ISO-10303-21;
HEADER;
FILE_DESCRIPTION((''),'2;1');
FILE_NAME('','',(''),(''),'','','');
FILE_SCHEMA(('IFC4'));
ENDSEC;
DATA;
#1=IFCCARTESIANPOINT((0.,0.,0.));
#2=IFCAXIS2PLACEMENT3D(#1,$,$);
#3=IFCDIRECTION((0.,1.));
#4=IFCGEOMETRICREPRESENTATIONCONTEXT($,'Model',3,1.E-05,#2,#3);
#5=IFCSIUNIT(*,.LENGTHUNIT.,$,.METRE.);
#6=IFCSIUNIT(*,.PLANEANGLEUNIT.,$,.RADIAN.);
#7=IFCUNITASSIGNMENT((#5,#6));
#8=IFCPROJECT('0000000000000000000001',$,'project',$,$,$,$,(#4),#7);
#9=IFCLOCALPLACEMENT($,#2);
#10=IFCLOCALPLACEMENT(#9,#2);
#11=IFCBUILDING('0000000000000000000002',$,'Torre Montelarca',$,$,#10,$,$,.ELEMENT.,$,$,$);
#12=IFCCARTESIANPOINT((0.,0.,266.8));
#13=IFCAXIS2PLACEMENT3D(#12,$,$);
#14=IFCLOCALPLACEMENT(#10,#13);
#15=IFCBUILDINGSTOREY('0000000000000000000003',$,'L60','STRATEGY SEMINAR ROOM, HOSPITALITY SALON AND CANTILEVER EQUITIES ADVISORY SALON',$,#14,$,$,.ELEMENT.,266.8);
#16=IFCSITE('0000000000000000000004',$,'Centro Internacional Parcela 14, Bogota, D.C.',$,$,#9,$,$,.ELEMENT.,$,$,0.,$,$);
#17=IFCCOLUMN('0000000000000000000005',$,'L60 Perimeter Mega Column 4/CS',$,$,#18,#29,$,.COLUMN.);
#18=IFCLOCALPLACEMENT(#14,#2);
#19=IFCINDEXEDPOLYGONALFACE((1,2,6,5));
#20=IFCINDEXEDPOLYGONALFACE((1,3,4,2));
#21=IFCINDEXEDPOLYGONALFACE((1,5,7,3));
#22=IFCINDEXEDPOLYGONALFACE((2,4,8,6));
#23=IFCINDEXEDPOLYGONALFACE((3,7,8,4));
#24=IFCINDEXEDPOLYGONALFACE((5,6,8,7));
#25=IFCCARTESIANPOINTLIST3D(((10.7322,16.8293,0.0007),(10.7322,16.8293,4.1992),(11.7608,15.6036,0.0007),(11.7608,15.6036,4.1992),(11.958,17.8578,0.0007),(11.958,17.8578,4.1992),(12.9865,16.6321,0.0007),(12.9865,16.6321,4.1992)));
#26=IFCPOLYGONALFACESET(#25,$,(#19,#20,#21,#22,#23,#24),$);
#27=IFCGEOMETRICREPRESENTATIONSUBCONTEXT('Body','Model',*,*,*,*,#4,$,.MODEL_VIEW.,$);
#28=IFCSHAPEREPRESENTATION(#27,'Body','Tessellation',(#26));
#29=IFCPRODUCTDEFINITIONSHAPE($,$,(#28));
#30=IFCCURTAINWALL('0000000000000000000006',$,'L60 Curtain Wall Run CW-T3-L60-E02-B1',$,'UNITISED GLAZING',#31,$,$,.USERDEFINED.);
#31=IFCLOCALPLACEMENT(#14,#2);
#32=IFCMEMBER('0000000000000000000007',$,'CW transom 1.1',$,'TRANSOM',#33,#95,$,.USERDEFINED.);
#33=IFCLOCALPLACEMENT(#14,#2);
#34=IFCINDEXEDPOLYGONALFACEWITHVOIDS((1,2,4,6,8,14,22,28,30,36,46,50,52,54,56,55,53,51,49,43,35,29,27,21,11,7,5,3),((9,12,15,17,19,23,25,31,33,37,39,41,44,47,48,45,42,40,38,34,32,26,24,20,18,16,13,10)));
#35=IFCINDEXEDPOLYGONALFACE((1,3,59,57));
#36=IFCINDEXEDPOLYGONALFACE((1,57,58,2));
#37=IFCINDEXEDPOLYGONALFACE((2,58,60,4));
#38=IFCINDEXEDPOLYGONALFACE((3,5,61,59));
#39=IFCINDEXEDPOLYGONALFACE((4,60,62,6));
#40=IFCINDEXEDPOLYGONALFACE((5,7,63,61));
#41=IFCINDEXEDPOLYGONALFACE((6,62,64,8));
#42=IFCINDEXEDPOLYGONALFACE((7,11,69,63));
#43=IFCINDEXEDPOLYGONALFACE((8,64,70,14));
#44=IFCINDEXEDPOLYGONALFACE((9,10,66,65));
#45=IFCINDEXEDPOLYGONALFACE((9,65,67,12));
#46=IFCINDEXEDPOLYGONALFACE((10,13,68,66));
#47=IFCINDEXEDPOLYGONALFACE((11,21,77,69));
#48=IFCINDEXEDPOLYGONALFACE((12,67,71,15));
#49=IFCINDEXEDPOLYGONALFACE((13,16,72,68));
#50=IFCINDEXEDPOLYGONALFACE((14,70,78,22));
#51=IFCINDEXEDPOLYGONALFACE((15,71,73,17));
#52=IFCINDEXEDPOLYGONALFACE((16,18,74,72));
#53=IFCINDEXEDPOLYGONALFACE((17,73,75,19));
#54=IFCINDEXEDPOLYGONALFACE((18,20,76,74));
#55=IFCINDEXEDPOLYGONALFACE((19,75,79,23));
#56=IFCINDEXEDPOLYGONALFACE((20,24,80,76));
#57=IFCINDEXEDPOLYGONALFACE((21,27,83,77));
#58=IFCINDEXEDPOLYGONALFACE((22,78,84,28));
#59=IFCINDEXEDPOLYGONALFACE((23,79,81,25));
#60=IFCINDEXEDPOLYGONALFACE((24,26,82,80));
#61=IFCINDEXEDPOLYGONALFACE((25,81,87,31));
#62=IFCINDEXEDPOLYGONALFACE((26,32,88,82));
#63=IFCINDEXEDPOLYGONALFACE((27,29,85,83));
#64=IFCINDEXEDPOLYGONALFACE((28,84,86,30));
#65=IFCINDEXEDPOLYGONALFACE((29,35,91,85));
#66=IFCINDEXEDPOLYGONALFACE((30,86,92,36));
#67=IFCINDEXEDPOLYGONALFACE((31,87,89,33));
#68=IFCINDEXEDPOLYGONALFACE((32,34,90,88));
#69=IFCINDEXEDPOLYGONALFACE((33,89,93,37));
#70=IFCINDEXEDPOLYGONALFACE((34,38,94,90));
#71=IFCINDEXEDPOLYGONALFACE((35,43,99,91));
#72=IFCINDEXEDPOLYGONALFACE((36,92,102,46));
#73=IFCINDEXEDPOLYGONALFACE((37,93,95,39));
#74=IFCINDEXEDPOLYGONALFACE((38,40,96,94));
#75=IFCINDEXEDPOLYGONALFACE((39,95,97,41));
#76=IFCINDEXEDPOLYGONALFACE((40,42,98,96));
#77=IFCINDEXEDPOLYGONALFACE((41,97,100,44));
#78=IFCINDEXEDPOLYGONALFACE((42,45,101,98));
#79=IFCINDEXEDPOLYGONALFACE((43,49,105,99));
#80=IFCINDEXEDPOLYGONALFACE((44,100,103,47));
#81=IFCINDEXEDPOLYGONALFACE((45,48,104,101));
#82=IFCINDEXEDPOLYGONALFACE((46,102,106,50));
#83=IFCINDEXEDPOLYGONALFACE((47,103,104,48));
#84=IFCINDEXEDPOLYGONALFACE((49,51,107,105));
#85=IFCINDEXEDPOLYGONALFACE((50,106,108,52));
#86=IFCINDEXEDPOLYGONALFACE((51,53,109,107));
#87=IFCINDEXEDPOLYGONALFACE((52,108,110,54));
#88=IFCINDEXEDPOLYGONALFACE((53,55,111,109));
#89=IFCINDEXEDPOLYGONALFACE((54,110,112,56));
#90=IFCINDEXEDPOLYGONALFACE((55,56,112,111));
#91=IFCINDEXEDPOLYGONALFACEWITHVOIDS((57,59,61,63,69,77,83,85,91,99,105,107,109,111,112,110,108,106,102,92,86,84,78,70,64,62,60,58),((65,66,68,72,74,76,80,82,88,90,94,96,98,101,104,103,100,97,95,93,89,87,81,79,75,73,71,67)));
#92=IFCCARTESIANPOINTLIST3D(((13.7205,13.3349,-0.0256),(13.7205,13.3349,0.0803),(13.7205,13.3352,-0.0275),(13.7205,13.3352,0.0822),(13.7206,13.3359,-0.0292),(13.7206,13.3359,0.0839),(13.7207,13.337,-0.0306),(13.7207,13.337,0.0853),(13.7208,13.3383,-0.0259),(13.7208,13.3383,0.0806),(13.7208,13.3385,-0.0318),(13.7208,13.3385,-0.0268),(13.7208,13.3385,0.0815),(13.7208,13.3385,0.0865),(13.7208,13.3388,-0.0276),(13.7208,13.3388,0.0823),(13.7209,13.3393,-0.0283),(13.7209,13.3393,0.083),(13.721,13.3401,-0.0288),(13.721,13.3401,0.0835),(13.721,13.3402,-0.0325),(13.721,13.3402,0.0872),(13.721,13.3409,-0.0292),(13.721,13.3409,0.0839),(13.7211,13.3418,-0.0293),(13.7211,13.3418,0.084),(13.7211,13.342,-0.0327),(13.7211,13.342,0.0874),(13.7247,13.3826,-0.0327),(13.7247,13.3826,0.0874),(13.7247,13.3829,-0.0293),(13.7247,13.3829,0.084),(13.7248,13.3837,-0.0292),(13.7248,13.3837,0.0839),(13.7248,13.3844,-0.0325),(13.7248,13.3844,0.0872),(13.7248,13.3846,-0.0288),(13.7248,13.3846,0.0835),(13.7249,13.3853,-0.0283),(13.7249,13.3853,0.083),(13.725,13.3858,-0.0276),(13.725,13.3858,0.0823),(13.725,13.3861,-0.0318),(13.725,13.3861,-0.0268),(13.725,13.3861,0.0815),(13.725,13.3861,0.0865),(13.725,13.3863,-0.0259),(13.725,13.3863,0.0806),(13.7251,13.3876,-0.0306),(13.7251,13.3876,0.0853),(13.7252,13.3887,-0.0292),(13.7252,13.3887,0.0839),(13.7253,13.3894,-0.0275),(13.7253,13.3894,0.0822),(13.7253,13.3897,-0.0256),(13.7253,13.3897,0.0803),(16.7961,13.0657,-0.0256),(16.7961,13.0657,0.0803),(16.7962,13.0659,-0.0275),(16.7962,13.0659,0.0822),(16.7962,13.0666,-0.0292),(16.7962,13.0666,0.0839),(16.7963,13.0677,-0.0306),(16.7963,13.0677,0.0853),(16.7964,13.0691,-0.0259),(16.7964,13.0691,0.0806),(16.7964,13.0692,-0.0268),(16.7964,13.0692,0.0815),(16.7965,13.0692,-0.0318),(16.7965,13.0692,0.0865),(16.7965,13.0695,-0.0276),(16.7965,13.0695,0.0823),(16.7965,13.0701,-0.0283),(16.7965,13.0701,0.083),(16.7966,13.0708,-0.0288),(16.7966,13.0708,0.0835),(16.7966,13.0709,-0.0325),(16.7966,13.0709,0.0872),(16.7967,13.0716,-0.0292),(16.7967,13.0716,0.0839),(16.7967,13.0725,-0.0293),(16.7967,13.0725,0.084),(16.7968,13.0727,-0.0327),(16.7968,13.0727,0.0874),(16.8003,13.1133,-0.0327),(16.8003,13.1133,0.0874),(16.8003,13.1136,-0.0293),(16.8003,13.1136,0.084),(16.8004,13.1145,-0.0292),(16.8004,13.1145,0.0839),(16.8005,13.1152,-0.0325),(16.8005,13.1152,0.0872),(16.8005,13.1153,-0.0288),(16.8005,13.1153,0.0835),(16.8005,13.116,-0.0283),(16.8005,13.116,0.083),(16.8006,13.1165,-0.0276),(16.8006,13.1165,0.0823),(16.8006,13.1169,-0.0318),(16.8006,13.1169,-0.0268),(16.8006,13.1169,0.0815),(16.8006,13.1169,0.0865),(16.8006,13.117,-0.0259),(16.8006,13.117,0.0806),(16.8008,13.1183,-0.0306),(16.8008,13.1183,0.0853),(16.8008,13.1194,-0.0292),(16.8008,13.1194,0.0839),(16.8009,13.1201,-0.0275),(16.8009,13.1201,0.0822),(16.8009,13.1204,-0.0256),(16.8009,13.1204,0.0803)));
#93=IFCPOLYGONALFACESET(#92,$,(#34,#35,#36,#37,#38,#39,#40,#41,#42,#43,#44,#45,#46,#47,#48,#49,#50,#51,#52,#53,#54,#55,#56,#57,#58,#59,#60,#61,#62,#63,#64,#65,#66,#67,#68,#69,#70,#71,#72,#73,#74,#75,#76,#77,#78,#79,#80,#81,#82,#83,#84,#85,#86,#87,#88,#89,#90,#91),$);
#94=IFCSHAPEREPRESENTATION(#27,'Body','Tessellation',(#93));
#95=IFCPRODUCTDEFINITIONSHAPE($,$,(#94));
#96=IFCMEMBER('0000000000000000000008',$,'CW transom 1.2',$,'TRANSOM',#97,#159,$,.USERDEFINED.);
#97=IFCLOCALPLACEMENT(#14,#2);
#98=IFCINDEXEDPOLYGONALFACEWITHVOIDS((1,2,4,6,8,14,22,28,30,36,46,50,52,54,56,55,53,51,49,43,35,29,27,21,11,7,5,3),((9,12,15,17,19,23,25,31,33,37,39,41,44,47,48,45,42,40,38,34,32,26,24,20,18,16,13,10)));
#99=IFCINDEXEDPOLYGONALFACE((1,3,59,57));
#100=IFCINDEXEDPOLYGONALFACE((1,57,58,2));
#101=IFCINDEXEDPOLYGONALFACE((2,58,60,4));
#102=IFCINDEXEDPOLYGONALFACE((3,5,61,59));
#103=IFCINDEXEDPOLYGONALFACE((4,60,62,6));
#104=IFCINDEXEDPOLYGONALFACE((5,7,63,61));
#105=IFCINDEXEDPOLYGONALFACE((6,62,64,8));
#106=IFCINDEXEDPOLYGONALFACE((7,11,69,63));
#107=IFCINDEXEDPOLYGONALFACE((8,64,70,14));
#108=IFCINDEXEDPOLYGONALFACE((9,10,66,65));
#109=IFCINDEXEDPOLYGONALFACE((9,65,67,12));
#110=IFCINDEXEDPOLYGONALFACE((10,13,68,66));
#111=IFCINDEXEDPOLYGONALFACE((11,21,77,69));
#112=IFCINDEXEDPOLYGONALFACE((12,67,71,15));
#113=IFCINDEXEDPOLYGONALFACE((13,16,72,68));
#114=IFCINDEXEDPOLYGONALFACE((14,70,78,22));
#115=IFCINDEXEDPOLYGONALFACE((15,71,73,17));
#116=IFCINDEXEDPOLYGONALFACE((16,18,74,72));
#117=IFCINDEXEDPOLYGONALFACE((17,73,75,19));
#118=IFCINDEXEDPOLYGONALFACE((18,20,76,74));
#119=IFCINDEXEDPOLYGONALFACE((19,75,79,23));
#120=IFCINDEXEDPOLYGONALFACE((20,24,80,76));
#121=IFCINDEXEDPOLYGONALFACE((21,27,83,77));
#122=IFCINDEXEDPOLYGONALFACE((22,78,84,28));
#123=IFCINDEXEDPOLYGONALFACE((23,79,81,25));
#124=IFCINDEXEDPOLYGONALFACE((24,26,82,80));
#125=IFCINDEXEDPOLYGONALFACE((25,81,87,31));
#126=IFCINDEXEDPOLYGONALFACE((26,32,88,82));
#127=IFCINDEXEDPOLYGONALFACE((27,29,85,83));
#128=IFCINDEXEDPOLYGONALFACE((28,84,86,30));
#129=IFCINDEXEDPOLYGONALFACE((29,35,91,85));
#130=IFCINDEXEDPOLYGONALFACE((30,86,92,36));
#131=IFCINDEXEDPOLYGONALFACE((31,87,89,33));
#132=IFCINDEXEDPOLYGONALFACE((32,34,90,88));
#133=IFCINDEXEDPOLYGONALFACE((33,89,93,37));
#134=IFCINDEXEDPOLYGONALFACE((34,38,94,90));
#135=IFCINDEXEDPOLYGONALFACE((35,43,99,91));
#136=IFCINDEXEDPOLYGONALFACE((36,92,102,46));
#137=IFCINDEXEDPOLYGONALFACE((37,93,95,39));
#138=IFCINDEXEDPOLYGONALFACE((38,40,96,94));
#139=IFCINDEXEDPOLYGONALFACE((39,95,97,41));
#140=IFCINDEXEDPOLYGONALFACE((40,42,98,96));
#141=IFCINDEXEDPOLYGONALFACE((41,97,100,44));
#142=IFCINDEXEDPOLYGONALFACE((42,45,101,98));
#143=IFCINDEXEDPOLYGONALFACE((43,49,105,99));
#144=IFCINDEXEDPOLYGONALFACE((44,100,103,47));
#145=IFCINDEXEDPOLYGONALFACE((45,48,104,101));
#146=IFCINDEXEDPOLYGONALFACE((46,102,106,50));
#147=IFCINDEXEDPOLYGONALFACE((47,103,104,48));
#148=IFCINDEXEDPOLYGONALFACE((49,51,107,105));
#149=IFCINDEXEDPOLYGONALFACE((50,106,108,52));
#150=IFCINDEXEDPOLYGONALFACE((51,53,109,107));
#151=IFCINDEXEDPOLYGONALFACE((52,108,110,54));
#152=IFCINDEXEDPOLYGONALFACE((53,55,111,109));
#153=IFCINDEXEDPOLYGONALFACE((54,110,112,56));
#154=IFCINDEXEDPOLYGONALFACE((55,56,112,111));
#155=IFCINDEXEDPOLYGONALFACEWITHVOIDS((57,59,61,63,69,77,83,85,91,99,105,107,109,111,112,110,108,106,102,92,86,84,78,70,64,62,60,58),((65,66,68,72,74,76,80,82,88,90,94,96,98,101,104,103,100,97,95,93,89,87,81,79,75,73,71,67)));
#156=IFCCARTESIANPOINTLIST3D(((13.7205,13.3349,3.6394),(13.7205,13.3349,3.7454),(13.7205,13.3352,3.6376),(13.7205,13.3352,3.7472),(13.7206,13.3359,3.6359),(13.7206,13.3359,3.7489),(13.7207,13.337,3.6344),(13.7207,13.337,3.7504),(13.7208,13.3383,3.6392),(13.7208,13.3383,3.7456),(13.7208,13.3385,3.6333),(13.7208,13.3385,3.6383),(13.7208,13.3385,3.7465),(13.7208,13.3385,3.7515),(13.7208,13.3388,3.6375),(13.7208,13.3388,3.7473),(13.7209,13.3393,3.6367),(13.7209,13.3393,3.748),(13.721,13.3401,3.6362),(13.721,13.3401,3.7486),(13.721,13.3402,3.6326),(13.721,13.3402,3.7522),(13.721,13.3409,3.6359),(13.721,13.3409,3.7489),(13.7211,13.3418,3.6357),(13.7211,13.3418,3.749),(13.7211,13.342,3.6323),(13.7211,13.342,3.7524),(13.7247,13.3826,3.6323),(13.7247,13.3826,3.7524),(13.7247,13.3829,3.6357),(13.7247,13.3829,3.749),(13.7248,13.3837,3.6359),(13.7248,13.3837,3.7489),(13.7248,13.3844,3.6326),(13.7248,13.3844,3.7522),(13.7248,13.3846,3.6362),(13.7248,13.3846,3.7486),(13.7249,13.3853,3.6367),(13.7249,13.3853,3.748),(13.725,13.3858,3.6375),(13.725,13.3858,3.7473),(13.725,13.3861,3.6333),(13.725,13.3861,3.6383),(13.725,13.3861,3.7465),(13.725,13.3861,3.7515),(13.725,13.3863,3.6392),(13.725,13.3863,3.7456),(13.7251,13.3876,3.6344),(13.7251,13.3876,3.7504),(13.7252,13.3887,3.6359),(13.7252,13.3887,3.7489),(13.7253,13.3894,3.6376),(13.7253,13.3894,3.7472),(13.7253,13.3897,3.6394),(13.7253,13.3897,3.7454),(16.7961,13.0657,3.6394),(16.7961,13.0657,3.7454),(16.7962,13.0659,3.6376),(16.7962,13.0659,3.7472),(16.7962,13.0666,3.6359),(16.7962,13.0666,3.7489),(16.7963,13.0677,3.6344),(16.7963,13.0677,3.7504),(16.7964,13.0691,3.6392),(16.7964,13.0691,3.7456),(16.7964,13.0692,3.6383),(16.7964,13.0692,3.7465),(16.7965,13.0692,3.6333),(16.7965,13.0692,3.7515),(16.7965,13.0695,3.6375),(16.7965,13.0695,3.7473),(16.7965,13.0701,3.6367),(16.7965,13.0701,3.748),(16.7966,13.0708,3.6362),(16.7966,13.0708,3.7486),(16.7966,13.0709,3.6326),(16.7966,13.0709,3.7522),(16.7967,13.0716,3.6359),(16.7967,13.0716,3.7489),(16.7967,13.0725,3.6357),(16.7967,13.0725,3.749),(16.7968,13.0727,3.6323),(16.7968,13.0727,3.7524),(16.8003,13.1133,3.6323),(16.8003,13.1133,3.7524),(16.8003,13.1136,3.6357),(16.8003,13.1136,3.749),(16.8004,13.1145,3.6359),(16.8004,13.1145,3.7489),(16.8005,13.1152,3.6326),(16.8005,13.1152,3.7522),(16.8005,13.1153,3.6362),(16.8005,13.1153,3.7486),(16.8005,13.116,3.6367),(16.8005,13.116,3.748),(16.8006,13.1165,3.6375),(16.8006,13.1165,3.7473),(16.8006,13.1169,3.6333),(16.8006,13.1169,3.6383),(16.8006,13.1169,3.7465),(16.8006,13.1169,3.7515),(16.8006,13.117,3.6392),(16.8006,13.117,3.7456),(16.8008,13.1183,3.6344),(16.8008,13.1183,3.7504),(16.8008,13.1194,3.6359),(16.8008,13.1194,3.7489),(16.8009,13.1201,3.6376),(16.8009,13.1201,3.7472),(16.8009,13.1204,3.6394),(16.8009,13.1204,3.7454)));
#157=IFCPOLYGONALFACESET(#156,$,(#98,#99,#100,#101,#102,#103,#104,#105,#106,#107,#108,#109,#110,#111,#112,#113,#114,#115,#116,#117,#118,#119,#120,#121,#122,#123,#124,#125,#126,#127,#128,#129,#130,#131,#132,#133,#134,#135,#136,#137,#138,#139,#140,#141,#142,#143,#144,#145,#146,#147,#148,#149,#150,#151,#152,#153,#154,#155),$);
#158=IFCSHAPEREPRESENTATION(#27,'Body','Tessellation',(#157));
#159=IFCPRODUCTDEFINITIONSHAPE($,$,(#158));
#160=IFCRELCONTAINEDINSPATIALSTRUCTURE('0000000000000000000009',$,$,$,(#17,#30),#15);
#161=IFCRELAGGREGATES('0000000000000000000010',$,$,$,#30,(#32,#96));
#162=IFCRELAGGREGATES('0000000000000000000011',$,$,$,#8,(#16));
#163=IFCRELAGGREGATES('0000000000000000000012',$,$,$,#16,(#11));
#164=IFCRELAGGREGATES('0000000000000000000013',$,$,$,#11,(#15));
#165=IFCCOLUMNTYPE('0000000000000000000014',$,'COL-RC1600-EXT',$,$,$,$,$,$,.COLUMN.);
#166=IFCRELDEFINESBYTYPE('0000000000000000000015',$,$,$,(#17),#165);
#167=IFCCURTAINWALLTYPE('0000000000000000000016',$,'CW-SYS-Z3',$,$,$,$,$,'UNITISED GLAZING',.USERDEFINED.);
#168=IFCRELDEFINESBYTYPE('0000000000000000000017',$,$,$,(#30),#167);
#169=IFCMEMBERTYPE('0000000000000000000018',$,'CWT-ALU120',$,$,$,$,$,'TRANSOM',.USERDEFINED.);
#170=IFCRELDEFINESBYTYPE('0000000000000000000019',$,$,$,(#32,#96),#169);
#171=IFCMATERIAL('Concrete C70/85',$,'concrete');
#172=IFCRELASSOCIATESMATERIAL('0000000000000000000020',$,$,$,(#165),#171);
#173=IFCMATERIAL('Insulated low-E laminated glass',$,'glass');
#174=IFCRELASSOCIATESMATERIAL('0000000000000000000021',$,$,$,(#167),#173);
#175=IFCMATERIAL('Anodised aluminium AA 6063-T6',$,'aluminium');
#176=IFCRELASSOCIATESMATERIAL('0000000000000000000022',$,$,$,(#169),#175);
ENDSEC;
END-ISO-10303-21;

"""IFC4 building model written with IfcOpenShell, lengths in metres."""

from ifc_helpers import new_model, si_unit, direction, frame, origin, origin_2d, place, context, subcontext, project, spatial, rectangle, hollow_rectangle, extrude, source, transform, mapped, material, material_profile, profile_set, type_object, element, aggregate, save


model = new_model("IFC4")

# Units and contexts
model_context = context("Model", 3, precision=1e-05, world=origin(), true_north=direction((0.0, 1.0)))
body_context = subcontext(model_context, "Body", "Model", "MODEL_VIEW")
ifc_project = project(units=[si_unit("LENGTHUNIT", "METRE"), si_unit("PLANEANGLEUNIT", "RADIAN")], contexts=[model_context])

# Site, building, storey
site_placement = place(None, origin())
site = spatial("IfcSite", under=ifc_project, at=site_placement, Name="Centro Internacional Parcela 14, Bogota, D.C.", CompositionType="ELEMENT", RefElevation=0.0)
building_placement = place(site_placement, origin())
building = spatial("IfcBuilding", under=site, at=building_placement, Name="Torre Montelarca", CompositionType="ELEMENT")
storey_placement = place(building_placement, frame((0.0, 0.0, 266.8)))
storey = spatial("IfcBuildingStorey", under=building, at=storey_placement, Name="L60", Description="STRATEGY SEMINAR ROOM, HOSPITALITY SALON AND CANTILEVER EQUITIES ADVISORY SALON", CompositionType="ELEMENT", Elevation=266.8)

# Column
ifc_material_1 = material(Name="Concrete C70/85", Category="concrete")
ifc_material_profile_1 = material_profile(ifc_material_1, rectangle(XDim=1.6001, YDim=1.6001, at=origin_2d()), Name="RC1600X1600", Category="concrete")
ifc_profile_set_1 = profile_set([ifc_material_profile_1], Name="Concrete C70/85")
column_type = type_object("IfcColumnType", Name="COL-RC1600-EXT", PredefinedType="COLUMN", material=ifc_profile_set_1)
shared_shape_1 = source(origin(), body_context, "Body", "SweptSolid", [
    extrude(rectangle(XDim=1.6001, YDim=1.6001, at=origin_2d()), origin(), (0.0, 0.0, 1.0), 4.1985),
])
column_placement = place(storey_placement, frame((11.8594, 16.7307, 0.0007), z_axis=(0.0, 0.0, 1.0), x_axis=(-0.642788, 0.766044, 0.0)))
element("IfcColumn", 1, at=column_placement, inside=storey, type_object=column_type, Name="L60 Perimeter Mega Column 4/CS", PredefinedType="COLUMN", context=body_context, shape_type="MappedRepresentation", body=[
    mapped(shared_shape_1, transform((0.0, 0.0, 0.0), scale=1.0)),
])

# Curtain wall, members
ifc_material_2 = material(Name="Insulated low-E laminated glass", Category="glass")
curtain_wall_type = type_object("IfcCurtainWallType", Name="CW-SYS-Z3", ElementType="UNITISED GLAZING", PredefinedType="USERDEFINED", material=ifc_material_2)
curtain_wall_1_placement = place(storey_placement, origin())
curtain_wall_1 = element("IfcCurtainWall", 2, at=curtain_wall_1_placement, inside=storey, type_object=curtain_wall_type, Name="L60 Curtain Wall Run CW-T3-L60-E02-B1", ObjectType="UNITISED GLAZING", PredefinedType="USERDEFINED")
ifc_material_3 = material(Name="Anodised aluminium AA 6063-T6", Category="aluminium")
ifc_material_profile_2 = material_profile(ifc_material_3, hollow_rectangle(XDim=0.0549, YDim=0.1201, WallThickness=0.0034, InnerFilletRadius=0.0034, OuterFilletRadius=0.0071, at=origin_2d()), Name="ALU55X120X3.5", Category="aluminium")
ifc_profile_set_2 = profile_set([ifc_material_profile_2], Name="Anodised aluminium AA 6063-T6")
member_type_1 = type_object("IfcMemberType", Name="CWT-ALU120", ElementType="TRANSOM", PredefinedType="USERDEFINED", material=ifc_profile_set_2)
shared_shape_2 = source(origin(), body_context, "Body", "SweptSolid", [
    extrude(hollow_rectangle(XDim=0.0549, YDim=0.1201, WallThickness=0.0034, InnerFilletRadius=0.0034, OuterFilletRadius=0.0071, at=origin_2d()), origin(), (0.0, 0.0, 1.0), 3.0874),
])
member_1_placement = place(storey_placement, frame((13.7229, 13.3623, 0.0273), z_axis=(0.996189, -0.08722, 0.0), x_axis=(0.08722, 0.996189, 0.0)))
member_1 = element("IfcMember", 3, at=member_1_placement, type_object=member_type_1, Name="CW transom 1.1", ObjectType="TRANSOM", PredefinedType="USERDEFINED", context=body_context, shape_type="MappedRepresentation", body=[
    mapped(shared_shape_2, transform((0.0, 0.0, 0.0), scale=1.0)),
])
member_2_placement = place(storey_placement, frame((13.7229, 13.3623, 3.6924), z_axis=(0.996189, -0.08722, 0.0), x_axis=(0.08722, 0.996189, 0.0)))
member_2 = element("IfcMember", 4, at=member_2_placement, type_object=member_type_1, Name="CW transom 1.2", ObjectType="TRANSOM", PredefinedType="USERDEFINED", context=body_context, shape_type="MappedRepresentation", body=[
    mapped(shared_shape_2, transform((0.0, 0.0, 0.0), scale=1.0)),
])

aggregate(curtain_wall_1, [member_1, member_2])

save(model, "model.ifc")
